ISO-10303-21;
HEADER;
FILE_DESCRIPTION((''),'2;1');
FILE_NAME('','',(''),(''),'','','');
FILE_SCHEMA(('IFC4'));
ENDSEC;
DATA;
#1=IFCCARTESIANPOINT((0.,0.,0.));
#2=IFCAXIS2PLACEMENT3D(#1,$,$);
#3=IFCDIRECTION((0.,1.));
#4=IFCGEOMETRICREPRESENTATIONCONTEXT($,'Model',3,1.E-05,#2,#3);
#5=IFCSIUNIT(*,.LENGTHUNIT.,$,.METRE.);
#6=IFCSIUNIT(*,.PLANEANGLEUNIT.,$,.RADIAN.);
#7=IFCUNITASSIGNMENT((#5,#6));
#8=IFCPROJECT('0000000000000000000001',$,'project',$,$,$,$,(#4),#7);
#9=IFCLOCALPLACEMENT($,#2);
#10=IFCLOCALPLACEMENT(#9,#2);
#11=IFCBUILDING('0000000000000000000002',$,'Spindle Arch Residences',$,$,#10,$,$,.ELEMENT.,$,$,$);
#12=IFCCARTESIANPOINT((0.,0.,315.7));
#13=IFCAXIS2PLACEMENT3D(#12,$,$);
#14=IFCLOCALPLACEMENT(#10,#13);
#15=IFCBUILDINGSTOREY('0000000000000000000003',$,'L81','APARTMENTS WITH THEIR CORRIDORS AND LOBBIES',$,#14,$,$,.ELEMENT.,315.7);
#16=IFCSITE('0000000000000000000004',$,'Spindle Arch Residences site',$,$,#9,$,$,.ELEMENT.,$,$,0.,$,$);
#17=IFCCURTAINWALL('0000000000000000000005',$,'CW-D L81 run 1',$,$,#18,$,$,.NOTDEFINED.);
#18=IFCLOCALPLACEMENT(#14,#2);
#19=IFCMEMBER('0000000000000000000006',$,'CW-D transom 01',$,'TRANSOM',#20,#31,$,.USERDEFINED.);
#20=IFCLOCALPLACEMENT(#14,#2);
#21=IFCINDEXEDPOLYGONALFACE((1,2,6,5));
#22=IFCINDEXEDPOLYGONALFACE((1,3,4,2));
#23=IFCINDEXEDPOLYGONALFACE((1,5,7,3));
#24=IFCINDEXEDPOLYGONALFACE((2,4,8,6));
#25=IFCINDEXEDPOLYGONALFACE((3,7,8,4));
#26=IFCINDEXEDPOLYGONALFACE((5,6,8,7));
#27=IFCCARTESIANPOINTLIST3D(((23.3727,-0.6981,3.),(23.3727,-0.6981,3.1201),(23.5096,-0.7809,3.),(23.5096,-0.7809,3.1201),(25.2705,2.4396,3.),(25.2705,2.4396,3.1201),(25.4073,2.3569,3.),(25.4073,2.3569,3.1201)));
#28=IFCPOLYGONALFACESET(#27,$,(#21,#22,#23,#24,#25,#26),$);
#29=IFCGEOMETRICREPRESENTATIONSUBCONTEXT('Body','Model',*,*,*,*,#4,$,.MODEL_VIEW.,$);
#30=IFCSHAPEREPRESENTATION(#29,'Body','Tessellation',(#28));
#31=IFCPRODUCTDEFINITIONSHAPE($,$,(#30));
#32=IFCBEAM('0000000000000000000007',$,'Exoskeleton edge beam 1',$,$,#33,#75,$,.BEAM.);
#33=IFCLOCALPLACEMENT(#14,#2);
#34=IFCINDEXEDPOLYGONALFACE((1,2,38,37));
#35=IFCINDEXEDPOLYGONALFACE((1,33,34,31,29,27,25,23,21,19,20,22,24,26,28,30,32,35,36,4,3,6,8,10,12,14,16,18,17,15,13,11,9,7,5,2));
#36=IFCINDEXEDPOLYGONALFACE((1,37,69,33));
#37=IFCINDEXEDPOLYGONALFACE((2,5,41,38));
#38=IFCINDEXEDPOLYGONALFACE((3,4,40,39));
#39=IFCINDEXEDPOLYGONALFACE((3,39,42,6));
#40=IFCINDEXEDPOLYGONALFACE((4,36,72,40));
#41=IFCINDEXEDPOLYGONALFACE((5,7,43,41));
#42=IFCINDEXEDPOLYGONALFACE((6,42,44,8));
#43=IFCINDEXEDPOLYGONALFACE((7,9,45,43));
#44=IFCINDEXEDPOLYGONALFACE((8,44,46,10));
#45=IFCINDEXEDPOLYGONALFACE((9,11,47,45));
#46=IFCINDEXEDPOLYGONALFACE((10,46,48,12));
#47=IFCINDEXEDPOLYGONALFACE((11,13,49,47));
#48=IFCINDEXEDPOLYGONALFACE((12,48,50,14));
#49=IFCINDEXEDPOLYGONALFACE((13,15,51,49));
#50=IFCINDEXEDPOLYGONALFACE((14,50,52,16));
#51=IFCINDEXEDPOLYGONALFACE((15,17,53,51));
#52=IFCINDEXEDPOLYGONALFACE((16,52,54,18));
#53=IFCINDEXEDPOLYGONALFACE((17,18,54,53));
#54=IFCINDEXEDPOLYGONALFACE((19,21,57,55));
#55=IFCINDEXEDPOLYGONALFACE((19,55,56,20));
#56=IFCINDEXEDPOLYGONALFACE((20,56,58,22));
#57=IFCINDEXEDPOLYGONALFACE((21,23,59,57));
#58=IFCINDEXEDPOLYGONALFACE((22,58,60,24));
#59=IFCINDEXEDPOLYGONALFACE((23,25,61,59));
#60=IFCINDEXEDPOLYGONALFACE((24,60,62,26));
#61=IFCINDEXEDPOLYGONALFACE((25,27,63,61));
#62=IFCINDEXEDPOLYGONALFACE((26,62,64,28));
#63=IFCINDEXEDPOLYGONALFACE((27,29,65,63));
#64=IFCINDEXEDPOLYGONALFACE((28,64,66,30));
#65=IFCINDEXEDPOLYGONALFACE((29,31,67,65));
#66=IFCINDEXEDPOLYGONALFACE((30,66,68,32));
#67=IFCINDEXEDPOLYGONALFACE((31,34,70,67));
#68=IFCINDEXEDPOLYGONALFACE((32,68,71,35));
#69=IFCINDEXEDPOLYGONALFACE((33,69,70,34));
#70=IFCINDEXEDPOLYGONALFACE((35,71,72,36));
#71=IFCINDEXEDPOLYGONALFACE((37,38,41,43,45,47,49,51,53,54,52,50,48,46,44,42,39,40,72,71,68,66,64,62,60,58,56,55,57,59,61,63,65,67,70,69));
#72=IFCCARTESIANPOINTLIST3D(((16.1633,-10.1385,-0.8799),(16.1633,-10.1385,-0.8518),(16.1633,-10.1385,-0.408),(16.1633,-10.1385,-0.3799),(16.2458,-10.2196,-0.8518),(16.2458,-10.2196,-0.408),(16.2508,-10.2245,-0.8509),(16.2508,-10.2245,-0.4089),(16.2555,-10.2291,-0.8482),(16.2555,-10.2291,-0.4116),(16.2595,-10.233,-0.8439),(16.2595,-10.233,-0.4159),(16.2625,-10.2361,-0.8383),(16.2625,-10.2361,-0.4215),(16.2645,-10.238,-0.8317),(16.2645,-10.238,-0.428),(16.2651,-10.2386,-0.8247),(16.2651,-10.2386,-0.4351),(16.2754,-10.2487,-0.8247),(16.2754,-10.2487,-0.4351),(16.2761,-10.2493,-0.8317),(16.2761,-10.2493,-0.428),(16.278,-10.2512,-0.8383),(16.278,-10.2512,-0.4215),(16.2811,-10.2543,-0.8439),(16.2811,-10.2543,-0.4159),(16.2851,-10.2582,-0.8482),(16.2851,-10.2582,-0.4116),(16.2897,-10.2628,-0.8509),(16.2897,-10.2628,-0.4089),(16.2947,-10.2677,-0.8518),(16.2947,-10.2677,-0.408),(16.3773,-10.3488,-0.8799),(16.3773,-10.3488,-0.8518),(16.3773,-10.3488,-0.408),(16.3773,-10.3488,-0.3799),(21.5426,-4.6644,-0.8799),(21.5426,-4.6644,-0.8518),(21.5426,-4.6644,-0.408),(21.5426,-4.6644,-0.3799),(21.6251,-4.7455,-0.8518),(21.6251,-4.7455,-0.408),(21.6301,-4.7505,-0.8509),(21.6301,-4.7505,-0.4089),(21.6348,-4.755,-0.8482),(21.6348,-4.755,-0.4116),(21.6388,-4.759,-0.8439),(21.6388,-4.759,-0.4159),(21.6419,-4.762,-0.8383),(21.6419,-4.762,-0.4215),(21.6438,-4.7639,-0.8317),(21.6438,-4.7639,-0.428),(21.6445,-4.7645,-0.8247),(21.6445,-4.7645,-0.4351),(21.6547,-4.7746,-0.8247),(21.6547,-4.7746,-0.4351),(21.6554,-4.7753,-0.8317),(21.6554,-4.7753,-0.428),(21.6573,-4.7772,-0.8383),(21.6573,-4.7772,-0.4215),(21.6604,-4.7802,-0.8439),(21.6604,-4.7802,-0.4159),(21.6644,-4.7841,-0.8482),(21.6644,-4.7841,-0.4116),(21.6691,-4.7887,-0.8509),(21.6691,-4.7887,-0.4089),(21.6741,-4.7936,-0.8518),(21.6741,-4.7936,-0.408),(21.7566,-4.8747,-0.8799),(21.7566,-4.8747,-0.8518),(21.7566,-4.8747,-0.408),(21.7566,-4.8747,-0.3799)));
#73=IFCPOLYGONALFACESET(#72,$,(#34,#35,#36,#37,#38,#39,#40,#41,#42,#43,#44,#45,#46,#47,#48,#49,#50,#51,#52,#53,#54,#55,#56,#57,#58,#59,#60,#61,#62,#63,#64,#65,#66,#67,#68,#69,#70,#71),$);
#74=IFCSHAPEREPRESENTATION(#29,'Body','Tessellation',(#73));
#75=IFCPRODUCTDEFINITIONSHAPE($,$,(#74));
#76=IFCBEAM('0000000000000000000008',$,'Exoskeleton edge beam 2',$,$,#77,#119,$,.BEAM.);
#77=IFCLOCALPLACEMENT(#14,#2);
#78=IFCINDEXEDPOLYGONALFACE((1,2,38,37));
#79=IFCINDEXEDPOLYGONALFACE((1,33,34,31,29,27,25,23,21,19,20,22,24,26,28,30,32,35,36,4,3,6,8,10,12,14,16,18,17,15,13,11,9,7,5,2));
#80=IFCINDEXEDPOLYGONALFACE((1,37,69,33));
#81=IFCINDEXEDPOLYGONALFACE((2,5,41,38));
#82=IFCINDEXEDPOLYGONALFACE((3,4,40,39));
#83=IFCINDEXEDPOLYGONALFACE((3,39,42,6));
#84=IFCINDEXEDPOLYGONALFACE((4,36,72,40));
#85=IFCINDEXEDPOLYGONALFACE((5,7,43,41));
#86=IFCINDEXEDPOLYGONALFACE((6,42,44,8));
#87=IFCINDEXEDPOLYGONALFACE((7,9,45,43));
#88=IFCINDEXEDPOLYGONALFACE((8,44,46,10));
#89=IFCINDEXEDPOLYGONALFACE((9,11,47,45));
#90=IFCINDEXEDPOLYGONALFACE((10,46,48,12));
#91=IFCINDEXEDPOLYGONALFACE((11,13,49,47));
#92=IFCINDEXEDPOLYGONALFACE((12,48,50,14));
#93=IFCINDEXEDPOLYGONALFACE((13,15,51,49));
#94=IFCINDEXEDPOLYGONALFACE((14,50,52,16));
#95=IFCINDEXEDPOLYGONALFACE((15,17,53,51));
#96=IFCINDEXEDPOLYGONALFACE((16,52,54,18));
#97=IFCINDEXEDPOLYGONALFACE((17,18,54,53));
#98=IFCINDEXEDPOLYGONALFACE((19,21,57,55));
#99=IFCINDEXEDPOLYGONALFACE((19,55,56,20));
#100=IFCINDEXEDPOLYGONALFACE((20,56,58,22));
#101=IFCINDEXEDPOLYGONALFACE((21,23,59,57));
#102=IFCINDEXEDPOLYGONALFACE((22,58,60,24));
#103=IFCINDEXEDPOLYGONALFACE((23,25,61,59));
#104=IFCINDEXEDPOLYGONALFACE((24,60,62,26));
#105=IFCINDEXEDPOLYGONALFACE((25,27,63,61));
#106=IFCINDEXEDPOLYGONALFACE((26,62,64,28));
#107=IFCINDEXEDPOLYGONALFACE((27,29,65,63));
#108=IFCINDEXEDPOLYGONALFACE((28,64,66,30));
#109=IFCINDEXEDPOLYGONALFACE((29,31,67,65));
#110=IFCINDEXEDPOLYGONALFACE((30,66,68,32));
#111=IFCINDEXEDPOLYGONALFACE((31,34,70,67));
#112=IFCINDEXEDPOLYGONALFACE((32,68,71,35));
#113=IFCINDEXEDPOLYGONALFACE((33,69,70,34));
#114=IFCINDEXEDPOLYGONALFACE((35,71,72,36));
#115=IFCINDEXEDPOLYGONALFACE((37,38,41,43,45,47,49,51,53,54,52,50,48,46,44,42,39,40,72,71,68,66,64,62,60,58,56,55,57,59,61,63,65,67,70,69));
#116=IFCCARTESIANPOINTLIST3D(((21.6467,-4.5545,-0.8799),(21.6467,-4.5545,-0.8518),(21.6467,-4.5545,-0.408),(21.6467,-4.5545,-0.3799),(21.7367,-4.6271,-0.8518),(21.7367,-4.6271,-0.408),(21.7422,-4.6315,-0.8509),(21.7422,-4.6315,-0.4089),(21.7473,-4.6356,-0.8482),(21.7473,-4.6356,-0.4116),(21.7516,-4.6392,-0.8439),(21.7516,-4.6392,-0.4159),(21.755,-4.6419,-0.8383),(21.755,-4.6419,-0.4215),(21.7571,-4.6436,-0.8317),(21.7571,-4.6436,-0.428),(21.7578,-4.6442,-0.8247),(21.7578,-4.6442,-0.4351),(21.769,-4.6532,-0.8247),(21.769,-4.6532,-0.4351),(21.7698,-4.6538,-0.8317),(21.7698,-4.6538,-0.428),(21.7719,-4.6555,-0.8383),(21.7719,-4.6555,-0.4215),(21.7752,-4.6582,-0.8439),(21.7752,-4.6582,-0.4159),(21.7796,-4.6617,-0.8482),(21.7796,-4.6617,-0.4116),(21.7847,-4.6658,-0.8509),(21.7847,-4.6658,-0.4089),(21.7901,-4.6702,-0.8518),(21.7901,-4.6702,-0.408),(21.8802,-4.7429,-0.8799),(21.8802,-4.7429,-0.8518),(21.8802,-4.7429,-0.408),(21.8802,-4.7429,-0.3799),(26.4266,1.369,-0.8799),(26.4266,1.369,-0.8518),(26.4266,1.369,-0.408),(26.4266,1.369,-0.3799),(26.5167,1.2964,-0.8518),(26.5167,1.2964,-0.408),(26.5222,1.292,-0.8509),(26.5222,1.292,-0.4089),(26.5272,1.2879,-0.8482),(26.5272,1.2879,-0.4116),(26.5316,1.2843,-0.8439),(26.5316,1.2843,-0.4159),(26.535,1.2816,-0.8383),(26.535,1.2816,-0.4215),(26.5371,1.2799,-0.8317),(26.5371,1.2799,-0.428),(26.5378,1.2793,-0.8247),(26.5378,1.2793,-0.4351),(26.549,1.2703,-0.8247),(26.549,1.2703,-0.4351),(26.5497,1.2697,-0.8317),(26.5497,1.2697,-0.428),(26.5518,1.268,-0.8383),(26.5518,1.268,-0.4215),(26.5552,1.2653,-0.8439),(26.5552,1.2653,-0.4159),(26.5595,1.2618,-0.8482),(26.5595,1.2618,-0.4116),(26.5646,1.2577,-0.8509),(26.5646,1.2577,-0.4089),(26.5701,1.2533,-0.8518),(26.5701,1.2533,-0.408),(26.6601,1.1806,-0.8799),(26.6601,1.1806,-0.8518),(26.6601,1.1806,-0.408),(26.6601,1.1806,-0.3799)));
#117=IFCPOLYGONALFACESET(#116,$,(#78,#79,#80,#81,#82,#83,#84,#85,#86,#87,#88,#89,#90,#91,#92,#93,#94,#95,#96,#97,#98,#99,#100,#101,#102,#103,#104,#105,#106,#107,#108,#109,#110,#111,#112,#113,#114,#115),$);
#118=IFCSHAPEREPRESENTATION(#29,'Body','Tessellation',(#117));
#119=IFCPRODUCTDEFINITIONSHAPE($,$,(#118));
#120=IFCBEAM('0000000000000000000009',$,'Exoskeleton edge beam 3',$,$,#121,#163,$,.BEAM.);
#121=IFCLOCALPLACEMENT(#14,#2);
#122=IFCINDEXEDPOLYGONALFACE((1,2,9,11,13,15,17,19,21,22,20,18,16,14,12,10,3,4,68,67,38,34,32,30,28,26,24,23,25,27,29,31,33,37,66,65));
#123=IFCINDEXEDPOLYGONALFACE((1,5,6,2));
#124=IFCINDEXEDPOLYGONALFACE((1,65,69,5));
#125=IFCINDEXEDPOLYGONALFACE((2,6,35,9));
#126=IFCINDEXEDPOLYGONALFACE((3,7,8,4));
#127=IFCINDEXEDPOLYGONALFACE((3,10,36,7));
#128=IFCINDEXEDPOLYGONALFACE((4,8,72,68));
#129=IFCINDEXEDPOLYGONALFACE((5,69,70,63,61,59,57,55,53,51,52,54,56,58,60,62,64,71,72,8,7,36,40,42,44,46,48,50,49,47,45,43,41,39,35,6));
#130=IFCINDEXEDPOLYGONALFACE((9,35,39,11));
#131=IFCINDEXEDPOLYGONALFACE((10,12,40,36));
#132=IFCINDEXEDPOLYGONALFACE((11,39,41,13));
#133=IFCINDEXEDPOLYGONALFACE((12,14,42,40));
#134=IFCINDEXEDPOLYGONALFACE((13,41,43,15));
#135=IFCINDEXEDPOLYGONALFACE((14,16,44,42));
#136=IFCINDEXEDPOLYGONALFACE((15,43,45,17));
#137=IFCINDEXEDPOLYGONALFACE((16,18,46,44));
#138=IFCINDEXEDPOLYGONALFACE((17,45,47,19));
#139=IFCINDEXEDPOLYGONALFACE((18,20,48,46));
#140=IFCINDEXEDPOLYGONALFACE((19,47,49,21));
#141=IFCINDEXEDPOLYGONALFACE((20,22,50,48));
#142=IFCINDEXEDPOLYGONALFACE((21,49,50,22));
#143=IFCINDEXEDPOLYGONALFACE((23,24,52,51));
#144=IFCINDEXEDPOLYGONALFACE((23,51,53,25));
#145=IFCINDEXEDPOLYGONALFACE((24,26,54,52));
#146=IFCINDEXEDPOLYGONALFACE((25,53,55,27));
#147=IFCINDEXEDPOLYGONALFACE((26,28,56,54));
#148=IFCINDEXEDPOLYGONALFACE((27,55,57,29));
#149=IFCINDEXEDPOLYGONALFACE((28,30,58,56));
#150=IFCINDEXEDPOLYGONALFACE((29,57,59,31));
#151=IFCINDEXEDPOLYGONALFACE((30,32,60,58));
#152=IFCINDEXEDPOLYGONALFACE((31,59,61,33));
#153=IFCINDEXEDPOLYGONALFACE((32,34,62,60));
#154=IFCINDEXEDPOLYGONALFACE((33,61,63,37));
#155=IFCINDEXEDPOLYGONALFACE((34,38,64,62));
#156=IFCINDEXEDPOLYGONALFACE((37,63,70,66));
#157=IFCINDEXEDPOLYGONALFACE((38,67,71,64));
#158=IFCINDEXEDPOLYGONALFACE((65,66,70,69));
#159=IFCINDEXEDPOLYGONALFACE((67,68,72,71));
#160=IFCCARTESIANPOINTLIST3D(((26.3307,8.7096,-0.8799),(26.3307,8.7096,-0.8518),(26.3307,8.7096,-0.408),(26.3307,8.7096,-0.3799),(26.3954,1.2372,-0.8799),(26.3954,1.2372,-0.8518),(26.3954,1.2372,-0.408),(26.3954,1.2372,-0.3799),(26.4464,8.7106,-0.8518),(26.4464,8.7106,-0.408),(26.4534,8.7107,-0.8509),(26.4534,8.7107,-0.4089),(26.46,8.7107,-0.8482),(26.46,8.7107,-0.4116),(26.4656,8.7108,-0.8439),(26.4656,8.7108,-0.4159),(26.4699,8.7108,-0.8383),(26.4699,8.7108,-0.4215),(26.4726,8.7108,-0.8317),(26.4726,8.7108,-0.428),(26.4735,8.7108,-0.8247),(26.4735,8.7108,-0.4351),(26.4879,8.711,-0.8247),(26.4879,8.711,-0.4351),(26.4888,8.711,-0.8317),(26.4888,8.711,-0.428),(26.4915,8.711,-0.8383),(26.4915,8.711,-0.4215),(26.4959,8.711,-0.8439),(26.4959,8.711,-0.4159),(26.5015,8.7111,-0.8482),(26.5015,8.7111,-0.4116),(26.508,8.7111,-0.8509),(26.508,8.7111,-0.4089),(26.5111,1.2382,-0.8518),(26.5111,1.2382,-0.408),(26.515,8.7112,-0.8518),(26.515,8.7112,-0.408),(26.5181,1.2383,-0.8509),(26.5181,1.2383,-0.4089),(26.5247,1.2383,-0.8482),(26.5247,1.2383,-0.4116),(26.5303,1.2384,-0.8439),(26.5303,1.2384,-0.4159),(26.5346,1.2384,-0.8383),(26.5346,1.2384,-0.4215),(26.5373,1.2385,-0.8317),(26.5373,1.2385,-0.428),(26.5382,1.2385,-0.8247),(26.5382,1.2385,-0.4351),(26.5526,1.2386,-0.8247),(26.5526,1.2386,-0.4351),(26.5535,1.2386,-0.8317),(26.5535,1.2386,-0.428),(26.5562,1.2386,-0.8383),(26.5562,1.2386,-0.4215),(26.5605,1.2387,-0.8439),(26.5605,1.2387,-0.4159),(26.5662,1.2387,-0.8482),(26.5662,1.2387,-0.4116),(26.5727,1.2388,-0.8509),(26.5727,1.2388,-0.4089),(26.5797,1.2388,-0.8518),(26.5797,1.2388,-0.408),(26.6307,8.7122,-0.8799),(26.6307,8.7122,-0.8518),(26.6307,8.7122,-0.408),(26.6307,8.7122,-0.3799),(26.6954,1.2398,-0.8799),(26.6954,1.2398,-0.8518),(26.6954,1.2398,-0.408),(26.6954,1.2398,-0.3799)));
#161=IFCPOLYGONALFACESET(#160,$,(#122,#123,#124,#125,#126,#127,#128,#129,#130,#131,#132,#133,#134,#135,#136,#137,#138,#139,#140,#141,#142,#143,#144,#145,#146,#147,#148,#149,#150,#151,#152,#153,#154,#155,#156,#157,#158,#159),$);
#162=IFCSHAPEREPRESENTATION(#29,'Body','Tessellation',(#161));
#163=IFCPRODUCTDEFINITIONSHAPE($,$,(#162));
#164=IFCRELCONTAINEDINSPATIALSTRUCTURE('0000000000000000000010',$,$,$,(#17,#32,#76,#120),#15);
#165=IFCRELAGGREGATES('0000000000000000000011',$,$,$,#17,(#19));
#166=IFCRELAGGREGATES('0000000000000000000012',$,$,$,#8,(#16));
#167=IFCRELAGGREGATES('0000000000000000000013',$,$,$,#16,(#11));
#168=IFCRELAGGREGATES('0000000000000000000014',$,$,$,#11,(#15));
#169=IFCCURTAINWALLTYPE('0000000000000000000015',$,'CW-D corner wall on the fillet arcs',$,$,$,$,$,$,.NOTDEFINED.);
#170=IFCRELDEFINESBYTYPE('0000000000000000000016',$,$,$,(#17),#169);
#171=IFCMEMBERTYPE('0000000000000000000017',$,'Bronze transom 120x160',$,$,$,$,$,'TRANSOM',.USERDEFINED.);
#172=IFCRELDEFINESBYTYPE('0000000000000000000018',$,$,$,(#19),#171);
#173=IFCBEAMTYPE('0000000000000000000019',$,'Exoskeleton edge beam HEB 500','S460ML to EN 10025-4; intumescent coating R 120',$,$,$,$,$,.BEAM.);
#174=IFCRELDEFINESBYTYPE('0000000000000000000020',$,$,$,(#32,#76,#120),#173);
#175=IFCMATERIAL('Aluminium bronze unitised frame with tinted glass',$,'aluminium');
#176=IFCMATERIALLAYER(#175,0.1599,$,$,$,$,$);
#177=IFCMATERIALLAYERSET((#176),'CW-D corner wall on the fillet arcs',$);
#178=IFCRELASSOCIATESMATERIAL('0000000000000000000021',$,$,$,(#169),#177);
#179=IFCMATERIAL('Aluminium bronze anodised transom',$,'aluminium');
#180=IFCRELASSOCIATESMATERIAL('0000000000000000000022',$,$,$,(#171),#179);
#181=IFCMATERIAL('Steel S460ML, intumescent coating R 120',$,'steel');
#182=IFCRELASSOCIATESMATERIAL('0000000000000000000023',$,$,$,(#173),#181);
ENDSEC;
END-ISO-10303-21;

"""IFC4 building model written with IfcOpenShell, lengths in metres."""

from ifc_helpers import new_model, si_unit, direction, frame, origin, origin_2d, place, context, subcontext, project, spatial, rectangle, i_section, extrude, material, layer, layer_set, material_profile, profile_set, type_object, element, aggregate, save


model = new_model("IFC4")

# Units and contexts
model_context = context("Model", 3, precision=1e-05, world=origin(), true_north=direction((0.0, 1.0)))
body_context = subcontext(model_context, "Body", "Model", "MODEL_VIEW")
ifc_project = project(units=[si_unit("LENGTHUNIT", "METRE"), si_unit("PLANEANGLEUNIT", "RADIAN")], contexts=[model_context])

# Site, building, storey
site_placement = place(None, origin())
site = spatial("IfcSite", under=ifc_project, at=site_placement, Name="Spindle Arch Residences site", CompositionType="ELEMENT", RefElevation=0.0)
building_placement = place(site_placement, origin())
building = spatial("IfcBuilding", under=site, at=building_placement, Name="Spindle Arch Residences", CompositionType="ELEMENT")
storey_placement = place(building_placement, frame((0.0, 0.0, 315.7)))
storey = spatial("IfcBuildingStorey", under=building, at=storey_placement, Name="L81", Description="APARTMENTS WITH THEIR CORRIDORS AND LOBBIES", CompositionType="ELEMENT", Elevation=315.7)

# Curtain wall
ifc_material_1 = material(Name="Aluminium bronze unitised frame with tinted glass", Category="aluminium")
ifc_layer_1 = layer(ifc_material_1, 0.1599)
ifc_layer_set_1 = layer_set([ifc_layer_1], Name="CW-D corner wall on the fillet arcs")
curtain_wall_type_1 = type_object("IfcCurtainWallType", Name="CW-D corner wall on the fillet arcs", PredefinedType="NOTDEFINED", material=ifc_layer_set_1)
curtain_wall_1_placement = place(storey_placement, origin())
curtain_wall_1 = element("IfcCurtainWall", 1, at=curtain_wall_1_placement, inside=storey, type_object=curtain_wall_type_1, Name="CW-D L81 run 1", PredefinedType="NOTDEFINED")

# Member
ifc_material_2 = material(Name="Aluminium bronze anodised transom", Category="aluminium")
ifc_material_profile_1 = material_profile(ifc_material_2, rectangle(XDim=0.1599, YDim=0.1201, at=origin_2d()), Name="TR 120x160")
ifc_profile_set_1 = profile_set([ifc_material_profile_1], Name="Aluminium bronze anodised transom")
member_type_1 = type_object("IfcMemberType", Name="Bronze transom 120x160", ElementType="TRANSOM", PredefinedType="USERDEFINED", material=ifc_profile_set_1)
member_1_placement = place(storey_placement, frame((23.4412, -0.7395, 3.0601), z_axis=(0.517518, 0.855672, 0.0), x_axis=(-0.855672, 0.517518, 0.0)))
member_1 = element("IfcMember", 2, at=member_1_placement, type_object=member_type_1, Name="CW-D transom 01", ObjectType="TRANSOM", PredefinedType="USERDEFINED", context=body_context, shape_type="SweptSolid", body=[
    extrude(rectangle(XDim=0.1599, YDim=0.1201, at=origin_2d()), origin(), (0.0, 0.0, 1.0), 3.667),
])

# Beams
ifc_material_3 = material(Name="Steel S460ML, intumescent coating R 120", Category="steel")
ifc_material_profile_2 = material_profile(ifc_material_3, i_section(OverallWidth=0.3, OverallDepth=0.5, WebThickness=0.0144, FlangeThickness=0.0281, FilletRadius=0.0271, at=origin_2d()), Name="HEB 500")
ifc_profile_set_2 = profile_set([ifc_material_profile_2], Name="Steel S460ML, intumescent coating R 120")
beam_type_1 = type_object("IfcBeamType", Name="Exoskeleton edge beam HEB 500", Description="S460ML to EN 10025-4; intumescent coating R 120", PredefinedType="BEAM", material=ifc_profile_set_2)
beam_1_placement = place(storey_placement, frame((16.2703, -10.2437, -0.6299), z_axis=(0.700909, 0.713251, 0.0), x_axis=(-0.713251, 0.700909, 0.0)))
element("IfcBeam", 3, at=beam_1_placement, inside=storey, type_object=beam_type_1, Name="Exoskeleton edge beam 1", PredefinedType="BEAM", context=body_context, shape_type="SweptSolid", body=[
    extrude(i_section(OverallWidth=0.3, OverallDepth=0.5, WebThickness=0.0144, FlangeThickness=0.0281, FilletRadius=0.0271, at=origin_2d()), origin(), (0.0, 0.0, 1.0), 7.6748),
])
beam_2_placement = place(storey_placement, frame((21.7634, -4.6487, -0.6299), z_axis=(0.627987, 0.778224, 0.0), x_axis=(-0.778224, 0.627987, 0.0)))
element("IfcBeam", 4, at=beam_2_placement, inside=storey, type_object=beam_type_1, Name="Exoskeleton edge beam 2", PredefinedType="BEAM", context=body_context, shape_type="SweptSolid", body=[
    extrude(i_section(OverallWidth=0.3, OverallDepth=0.5, WebThickness=0.0144, FlangeThickness=0.0281, FilletRadius=0.0271, at=origin_2d()), origin(), (0.0, 0.0, 1.0), 7.6116),
])
beam_3_placement = place(storey_placement, frame((26.5454, 1.2385, -0.6299), z_axis=(-0.008658, 0.999963, 0.0), x_axis=(-0.999963, -0.008658, 0.0)))
element("IfcBeam", 5, at=beam_3_placement, inside=storey, type_object=beam_type_1, Name="Exoskeleton edge beam 3", PredefinedType="BEAM", context=body_context, shape_type="SweptSolid", body=[
    extrude(i_section(OverallWidth=0.3, OverallDepth=0.5, WebThickness=0.0144, FlangeThickness=0.0281, FilletRadius=0.0271, at=origin_2d()), origin(), (0.0, 0.0, 1.0), 7.4727),
])

aggregate(curtain_wall_1, [member_1])

save(model, "model.ifc")
